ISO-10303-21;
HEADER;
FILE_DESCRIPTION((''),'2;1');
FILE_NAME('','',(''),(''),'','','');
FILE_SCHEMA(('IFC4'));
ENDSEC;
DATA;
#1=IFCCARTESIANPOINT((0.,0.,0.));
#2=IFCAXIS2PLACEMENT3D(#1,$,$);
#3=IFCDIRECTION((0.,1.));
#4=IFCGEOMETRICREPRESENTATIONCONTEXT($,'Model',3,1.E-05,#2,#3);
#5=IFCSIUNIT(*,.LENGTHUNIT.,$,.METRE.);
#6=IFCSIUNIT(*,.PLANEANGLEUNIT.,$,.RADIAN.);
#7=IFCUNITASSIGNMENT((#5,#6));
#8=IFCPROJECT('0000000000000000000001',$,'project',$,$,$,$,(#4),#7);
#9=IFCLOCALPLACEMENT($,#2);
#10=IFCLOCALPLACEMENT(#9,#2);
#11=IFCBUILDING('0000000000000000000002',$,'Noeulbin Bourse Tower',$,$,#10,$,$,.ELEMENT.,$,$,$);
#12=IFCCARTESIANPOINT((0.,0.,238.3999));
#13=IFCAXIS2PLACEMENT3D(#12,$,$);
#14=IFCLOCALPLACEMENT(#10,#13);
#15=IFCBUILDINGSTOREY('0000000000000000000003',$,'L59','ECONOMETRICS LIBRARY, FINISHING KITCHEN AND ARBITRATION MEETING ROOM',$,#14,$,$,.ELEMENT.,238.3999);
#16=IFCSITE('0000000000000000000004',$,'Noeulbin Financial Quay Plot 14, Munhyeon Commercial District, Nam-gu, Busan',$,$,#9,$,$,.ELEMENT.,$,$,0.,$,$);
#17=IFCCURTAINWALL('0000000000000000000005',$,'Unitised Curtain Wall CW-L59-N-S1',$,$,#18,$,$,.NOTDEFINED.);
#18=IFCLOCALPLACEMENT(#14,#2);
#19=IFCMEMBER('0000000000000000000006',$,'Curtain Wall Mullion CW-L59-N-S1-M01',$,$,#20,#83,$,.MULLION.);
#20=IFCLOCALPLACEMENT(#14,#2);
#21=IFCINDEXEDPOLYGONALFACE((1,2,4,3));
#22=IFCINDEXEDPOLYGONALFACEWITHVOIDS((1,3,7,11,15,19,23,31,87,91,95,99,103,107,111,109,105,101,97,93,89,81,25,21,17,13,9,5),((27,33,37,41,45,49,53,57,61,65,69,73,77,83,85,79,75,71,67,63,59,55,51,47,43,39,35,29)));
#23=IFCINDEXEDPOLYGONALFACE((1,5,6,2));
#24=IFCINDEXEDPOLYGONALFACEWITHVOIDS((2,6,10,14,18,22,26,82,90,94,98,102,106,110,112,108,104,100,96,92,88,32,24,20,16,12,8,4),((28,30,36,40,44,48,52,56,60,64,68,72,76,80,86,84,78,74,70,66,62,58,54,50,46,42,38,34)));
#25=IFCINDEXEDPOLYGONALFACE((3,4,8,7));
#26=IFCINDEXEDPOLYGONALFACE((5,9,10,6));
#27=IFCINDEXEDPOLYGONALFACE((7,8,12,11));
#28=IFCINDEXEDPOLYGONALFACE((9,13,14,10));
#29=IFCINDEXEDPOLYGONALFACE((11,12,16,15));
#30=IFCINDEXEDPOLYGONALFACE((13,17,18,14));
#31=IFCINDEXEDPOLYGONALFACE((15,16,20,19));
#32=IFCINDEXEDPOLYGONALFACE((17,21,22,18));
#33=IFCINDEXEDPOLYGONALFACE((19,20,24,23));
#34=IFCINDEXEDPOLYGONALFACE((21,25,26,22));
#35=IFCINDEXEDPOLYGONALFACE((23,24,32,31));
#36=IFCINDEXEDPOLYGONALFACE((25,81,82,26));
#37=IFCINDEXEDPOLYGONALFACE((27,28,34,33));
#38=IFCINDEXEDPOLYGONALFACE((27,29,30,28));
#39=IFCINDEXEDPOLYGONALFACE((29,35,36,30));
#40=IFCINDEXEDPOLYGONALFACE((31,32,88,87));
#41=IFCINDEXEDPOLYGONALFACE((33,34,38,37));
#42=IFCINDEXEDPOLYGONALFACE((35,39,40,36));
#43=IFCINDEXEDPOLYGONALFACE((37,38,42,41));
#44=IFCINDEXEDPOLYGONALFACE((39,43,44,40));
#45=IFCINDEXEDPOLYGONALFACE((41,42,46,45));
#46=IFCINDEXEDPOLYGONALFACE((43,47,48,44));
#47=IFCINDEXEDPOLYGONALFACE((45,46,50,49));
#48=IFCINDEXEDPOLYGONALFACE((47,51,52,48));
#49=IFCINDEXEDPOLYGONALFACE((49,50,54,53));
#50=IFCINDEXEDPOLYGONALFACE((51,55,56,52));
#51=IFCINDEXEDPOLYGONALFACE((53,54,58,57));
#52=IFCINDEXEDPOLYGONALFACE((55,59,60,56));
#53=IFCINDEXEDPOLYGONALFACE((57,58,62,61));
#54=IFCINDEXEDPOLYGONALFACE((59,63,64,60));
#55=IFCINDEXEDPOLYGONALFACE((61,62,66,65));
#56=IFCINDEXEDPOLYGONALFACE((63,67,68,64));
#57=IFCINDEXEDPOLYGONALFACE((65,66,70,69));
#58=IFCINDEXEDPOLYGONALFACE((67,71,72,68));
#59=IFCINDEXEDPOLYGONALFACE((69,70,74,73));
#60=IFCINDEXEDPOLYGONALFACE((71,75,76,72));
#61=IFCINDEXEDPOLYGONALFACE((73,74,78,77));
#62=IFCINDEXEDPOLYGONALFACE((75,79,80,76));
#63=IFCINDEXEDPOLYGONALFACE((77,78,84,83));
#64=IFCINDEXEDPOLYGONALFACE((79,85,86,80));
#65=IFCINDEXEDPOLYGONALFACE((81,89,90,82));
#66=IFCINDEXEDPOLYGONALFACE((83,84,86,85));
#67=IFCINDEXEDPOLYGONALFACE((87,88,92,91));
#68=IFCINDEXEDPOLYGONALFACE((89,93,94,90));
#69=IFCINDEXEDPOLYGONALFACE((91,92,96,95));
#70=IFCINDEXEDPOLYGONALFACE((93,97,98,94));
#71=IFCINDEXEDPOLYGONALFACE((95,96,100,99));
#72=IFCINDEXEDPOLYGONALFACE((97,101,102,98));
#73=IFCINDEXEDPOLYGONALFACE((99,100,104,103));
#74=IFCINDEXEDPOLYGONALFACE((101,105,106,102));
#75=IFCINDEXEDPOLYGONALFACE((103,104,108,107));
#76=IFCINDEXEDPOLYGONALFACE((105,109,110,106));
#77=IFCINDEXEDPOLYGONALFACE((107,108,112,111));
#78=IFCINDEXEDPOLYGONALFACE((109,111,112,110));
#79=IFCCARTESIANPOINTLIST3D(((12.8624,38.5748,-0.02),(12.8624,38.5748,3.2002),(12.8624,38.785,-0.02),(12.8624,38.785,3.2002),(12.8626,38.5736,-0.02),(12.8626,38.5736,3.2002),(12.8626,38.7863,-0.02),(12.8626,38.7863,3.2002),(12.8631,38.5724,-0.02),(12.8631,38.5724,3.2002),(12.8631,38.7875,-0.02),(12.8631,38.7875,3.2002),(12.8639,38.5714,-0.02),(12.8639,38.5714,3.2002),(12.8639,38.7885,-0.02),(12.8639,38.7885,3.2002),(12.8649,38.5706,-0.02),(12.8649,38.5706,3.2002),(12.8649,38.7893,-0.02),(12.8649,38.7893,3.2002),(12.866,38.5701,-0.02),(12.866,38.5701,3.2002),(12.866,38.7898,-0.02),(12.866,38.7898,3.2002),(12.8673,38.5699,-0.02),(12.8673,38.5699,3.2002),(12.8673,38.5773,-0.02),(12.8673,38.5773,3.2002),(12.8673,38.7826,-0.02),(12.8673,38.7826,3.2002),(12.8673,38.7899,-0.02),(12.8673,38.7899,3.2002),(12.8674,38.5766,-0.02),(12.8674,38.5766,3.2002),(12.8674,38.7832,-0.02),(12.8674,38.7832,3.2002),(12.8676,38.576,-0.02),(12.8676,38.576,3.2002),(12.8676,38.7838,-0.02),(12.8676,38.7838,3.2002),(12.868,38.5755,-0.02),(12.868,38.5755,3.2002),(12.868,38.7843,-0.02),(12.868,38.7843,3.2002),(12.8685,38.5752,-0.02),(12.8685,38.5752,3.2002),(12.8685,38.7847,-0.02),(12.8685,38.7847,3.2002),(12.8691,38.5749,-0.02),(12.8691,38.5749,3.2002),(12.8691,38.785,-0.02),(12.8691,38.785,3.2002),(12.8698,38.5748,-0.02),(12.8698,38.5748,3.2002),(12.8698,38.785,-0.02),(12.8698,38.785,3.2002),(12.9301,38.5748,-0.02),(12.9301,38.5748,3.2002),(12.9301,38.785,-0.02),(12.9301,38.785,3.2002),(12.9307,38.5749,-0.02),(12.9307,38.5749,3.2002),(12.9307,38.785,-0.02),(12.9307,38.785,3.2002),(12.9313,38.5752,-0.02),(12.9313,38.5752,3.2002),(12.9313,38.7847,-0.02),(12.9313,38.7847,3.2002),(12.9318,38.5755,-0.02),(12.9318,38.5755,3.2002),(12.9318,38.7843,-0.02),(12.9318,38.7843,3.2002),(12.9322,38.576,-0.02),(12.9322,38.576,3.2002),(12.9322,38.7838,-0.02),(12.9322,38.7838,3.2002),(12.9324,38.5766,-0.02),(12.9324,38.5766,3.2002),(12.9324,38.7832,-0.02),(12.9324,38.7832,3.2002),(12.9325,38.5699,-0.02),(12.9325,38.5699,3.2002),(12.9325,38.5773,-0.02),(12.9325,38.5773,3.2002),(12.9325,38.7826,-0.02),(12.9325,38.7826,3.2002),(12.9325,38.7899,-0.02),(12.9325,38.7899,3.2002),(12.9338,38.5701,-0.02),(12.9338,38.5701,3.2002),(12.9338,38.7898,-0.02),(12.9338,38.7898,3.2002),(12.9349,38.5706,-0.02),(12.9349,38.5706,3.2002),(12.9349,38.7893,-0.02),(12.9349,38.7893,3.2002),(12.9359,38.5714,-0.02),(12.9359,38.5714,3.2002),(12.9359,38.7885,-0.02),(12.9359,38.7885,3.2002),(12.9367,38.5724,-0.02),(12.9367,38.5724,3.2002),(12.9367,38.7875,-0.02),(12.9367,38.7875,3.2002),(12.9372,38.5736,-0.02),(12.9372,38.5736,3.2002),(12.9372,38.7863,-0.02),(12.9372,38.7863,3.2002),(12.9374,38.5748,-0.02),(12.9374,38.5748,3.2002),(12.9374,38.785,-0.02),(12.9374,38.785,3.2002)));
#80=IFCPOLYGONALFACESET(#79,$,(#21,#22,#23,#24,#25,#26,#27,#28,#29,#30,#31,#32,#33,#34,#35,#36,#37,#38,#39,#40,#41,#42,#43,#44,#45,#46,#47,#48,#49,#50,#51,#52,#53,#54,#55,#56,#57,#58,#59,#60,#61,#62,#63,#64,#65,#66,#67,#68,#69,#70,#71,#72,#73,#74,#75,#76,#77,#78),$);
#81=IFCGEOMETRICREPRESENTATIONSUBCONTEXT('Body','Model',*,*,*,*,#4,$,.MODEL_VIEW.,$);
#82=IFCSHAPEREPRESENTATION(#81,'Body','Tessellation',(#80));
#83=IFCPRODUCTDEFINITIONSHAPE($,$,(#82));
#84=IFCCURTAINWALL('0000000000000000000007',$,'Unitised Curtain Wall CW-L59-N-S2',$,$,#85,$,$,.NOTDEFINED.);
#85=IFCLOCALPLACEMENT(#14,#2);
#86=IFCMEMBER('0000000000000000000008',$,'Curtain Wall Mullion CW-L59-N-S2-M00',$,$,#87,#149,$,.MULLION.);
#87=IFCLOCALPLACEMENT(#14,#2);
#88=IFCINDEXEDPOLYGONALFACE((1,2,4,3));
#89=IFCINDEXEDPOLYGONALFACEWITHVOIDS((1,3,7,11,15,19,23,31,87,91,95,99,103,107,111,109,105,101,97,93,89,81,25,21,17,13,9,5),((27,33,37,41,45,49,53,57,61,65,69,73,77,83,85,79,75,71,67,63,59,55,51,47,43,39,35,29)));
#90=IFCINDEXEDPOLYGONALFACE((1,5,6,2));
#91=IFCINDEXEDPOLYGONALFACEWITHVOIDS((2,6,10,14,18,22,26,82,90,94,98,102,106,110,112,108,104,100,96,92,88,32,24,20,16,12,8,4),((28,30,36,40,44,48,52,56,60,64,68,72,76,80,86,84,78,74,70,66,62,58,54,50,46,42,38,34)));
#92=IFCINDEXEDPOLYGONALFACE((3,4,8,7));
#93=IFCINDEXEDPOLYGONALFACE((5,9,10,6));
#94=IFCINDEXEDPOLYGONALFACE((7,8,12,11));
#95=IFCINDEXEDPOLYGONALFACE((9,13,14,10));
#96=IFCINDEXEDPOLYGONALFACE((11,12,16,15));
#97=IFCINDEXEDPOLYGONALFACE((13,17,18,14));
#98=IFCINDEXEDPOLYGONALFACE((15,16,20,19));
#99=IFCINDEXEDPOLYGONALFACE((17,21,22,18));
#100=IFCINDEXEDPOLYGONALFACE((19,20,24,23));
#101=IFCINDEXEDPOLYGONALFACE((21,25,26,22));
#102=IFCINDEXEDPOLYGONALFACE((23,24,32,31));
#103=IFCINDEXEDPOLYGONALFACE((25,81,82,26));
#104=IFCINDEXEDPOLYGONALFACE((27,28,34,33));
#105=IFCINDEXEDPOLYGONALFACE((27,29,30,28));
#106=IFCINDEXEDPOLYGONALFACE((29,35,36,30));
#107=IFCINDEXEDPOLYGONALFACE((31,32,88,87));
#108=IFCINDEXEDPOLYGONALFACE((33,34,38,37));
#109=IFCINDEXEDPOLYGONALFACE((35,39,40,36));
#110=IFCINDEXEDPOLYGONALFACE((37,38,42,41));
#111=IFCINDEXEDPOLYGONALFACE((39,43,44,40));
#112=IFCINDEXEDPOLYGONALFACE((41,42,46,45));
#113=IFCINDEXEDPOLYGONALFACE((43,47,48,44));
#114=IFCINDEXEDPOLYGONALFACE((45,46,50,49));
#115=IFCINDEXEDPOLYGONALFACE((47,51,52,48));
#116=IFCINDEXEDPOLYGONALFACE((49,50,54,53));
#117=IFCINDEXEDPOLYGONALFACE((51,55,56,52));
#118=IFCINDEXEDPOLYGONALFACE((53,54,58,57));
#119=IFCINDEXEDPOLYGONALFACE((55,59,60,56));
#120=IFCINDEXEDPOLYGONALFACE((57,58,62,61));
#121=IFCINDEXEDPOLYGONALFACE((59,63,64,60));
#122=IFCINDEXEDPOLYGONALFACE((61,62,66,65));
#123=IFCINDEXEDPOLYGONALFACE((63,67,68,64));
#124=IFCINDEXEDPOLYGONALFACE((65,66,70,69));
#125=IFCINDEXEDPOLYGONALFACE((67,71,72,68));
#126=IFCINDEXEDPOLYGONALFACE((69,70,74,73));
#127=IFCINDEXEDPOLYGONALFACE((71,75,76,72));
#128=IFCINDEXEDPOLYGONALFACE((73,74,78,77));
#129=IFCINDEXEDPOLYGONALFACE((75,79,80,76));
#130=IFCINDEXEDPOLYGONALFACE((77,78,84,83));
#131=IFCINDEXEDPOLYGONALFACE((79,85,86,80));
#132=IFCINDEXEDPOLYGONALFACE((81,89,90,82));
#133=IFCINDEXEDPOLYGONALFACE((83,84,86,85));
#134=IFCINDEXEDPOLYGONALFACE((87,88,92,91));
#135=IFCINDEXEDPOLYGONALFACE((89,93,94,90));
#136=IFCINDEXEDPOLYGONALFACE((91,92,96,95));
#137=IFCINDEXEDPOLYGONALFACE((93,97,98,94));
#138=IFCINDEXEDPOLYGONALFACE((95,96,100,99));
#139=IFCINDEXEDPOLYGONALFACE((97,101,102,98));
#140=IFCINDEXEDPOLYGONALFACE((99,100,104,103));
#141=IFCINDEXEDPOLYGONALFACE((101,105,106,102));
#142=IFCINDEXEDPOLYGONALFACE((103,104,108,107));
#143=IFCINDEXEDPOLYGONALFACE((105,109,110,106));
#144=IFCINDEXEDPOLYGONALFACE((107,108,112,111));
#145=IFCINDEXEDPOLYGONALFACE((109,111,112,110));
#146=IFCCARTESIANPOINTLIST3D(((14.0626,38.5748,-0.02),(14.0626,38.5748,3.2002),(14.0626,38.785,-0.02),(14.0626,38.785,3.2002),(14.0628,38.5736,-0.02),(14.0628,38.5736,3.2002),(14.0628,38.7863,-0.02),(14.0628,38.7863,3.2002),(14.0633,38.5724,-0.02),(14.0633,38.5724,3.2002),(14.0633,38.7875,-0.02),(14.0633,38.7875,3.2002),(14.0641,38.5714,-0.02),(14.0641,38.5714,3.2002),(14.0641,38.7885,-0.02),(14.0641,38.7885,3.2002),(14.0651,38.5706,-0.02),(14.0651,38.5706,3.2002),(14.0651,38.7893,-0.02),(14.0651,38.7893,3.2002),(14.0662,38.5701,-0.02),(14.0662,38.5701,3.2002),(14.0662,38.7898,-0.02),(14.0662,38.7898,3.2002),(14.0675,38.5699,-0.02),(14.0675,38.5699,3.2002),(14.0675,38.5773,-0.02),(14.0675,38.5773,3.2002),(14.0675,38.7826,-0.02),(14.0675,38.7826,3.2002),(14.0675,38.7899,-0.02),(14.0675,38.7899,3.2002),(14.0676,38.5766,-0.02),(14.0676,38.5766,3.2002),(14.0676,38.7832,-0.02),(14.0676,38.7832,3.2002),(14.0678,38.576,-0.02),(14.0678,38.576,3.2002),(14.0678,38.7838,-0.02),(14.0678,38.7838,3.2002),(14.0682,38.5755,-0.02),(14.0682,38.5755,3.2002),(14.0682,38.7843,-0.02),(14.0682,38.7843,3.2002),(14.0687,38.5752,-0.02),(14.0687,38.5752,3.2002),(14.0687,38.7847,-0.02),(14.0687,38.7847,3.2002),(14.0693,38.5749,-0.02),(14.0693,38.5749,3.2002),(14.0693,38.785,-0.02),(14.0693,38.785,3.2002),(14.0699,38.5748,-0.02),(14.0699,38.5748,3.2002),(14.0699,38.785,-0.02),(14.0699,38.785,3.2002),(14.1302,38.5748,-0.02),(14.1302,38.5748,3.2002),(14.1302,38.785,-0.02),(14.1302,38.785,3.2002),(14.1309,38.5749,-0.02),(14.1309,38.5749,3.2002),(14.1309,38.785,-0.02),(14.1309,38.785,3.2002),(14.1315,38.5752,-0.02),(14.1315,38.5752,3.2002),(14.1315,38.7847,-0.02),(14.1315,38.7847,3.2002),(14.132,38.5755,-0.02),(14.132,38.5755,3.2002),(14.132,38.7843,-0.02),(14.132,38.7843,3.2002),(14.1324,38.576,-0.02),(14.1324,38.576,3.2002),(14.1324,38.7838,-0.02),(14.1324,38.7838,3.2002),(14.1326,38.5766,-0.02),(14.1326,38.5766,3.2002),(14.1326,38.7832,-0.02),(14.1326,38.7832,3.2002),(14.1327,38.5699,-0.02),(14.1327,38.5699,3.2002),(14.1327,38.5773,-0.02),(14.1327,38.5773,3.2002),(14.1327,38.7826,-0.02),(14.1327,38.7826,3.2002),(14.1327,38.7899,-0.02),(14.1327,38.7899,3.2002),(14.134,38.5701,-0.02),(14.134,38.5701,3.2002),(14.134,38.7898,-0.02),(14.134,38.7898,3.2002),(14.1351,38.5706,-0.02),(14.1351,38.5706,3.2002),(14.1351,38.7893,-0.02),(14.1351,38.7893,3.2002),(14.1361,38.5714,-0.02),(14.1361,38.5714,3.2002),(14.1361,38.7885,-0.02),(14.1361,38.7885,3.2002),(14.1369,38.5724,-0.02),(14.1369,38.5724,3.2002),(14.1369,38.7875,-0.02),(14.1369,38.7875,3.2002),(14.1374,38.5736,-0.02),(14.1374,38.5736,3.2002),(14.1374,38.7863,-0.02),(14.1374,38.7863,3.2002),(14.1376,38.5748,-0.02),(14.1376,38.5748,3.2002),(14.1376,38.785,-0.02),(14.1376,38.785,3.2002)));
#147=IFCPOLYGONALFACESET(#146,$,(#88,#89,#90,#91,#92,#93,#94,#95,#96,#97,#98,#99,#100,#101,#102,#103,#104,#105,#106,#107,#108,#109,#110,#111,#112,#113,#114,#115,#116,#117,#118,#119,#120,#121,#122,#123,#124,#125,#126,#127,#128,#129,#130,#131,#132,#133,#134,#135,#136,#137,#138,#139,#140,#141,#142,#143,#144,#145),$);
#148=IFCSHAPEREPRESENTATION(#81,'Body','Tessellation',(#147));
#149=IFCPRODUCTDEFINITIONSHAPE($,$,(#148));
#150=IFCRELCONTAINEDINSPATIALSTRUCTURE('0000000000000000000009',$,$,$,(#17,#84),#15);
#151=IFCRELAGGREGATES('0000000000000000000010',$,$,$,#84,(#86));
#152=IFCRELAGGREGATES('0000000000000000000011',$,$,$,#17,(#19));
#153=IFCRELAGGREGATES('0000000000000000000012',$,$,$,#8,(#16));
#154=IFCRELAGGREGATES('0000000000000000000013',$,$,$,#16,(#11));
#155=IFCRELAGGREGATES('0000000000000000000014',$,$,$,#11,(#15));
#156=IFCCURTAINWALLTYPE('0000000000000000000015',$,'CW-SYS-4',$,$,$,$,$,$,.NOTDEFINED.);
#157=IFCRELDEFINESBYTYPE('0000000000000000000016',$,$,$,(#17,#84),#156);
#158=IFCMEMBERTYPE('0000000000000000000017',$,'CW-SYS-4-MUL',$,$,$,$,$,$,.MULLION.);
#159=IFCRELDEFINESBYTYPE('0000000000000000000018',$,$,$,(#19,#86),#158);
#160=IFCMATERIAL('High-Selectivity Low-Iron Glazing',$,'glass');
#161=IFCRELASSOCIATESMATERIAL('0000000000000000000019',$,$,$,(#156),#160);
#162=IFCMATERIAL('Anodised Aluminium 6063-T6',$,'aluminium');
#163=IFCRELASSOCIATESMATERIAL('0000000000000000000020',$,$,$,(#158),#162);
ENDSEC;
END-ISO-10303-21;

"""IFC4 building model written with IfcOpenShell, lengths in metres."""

from ifc_helpers import new_model, si_unit, direction, frame, origin, origin_2d, place, context, subcontext, project, spatial, hollow_rectangle, extrude, material, material_profile, profile_set, type_object, element, aggregate, save


model = new_model("IFC4")

# Units and contexts
model_context = context("Model", 3, precision=1e-05, world=origin(), true_north=direction((0.0, 1.0)))
body_context = subcontext(model_context, "Body", "Model", "MODEL_VIEW")
ifc_project = project(units=[si_unit("LENGTHUNIT", "METRE"), si_unit("PLANEANGLEUNIT", "RADIAN")], contexts=[model_context])

# Site, building, storey
site_placement = place(None, origin())
site = spatial("IfcSite", under=ifc_project, at=site_placement, Name="Noeulbin Financial Quay Plot 14, Munhyeon Commercial District, Nam-gu, Busan", CompositionType="ELEMENT", RefElevation=0.0)
building_placement = place(site_placement, origin())
building = spatial("IfcBuilding", under=site, at=building_placement, Name="Noeulbin Bourse Tower", CompositionType="ELEMENT")
storey_placement = place(building_placement, frame((0.0, 0.0, 238.3999)))
storey = spatial("IfcBuildingStorey", under=building, at=storey_placement, Name="L59", Description="ECONOMETRICS LIBRARY, FINISHING KITCHEN AND ARBITRATION MEETING ROOM", CompositionType="ELEMENT", Elevation=238.3999)

# Curtain wall, member
ifc_material_1 = material(Name="High-Selectivity Low-Iron Glazing", Category="glass")
curtain_wall_type = type_object("IfcCurtainWallType", Name="CW-SYS-4", PredefinedType="NOTDEFINED", material=ifc_material_1)
curtain_wall_1_placement = place(storey_placement, origin())
curtain_wall_1 = element("IfcCurtainWall", 1, at=curtain_wall_1_placement, inside=storey, type_object=curtain_wall_type, Name="Unitised Curtain Wall CW-L59-N-S1", PredefinedType="NOTDEFINED")
ifc_material_2 = material(Name="Anodised Aluminium 6063-T6", Category="aluminium")
ifc_material_profile_1 = material_profile(ifc_material_2, hollow_rectangle(XDim=0.075, YDim=0.22, WallThickness=0.0049, InnerFilletRadius=0.0024, OuterFilletRadius=0.0049, at=origin_2d()), Name="ALU-MULL-75x220x5", Category="LoadBearing")
ifc_profile_set_1 = profile_set([ifc_material_profile_1], Name="Anodised Aluminium 6063-T6")
member_type_1 = type_object("IfcMemberType", Name="CW-SYS-4-MUL", PredefinedType="MULLION", material=ifc_profile_set_1)
member_1_placement = place(storey_placement, frame((12.8999, 38.6799, -0.02), z_axis=(0.0, 0.0, 1.0), x_axis=(1.0, 0.0, 0.0)))
member_1 = element("IfcMember", 2, at=member_1_placement, type_object=member_type_1, Name="Curtain Wall Mullion CW-L59-N-S1-M01", PredefinedType="MULLION", context=body_context, shape_type="SweptSolid", body=[
    extrude(hollow_rectangle(XDim=0.075, YDim=0.22, WallThickness=0.0049, InnerFilletRadius=0.0024, OuterFilletRadius=0.0049, at=origin_2d()), origin(), (0.0, 0.0, 1.0), 3.2202),
])

# Curtain wall, member
curtain_wall_2_placement = place(storey_placement, origin())
curtain_wall_2 = element("IfcCurtainWall", 3, at=curtain_wall_2_placement, inside=storey, type_object=curtain_wall_type, Name="Unitised Curtain Wall CW-L59-N-S2", PredefinedType="NOTDEFINED")
member_2_placement = place(storey_placement, frame((14.1001, 38.6799, -0.02), z_axis=(0.0, 0.0, 1.0), x_axis=(1.0, 0.0, 0.0)))
member_2 = element("IfcMember", 4, at=member_2_placement, type_object=member_type_1, Name="Curtain Wall Mullion CW-L59-N-S2-M00", PredefinedType="MULLION", context=body_context, shape_type="SweptSolid", body=[
    extrude(hollow_rectangle(XDim=0.075, YDim=0.22, WallThickness=0.0049, InnerFilletRadius=0.0024, OuterFilletRadius=0.0049, at=origin_2d()), origin(), (0.0, 0.0, 1.0), 3.2202),
])
aggregate(curtain_wall_2, [member_2])

aggregate(curtain_wall_1, [member_1])

save(model, "model.ifc")
